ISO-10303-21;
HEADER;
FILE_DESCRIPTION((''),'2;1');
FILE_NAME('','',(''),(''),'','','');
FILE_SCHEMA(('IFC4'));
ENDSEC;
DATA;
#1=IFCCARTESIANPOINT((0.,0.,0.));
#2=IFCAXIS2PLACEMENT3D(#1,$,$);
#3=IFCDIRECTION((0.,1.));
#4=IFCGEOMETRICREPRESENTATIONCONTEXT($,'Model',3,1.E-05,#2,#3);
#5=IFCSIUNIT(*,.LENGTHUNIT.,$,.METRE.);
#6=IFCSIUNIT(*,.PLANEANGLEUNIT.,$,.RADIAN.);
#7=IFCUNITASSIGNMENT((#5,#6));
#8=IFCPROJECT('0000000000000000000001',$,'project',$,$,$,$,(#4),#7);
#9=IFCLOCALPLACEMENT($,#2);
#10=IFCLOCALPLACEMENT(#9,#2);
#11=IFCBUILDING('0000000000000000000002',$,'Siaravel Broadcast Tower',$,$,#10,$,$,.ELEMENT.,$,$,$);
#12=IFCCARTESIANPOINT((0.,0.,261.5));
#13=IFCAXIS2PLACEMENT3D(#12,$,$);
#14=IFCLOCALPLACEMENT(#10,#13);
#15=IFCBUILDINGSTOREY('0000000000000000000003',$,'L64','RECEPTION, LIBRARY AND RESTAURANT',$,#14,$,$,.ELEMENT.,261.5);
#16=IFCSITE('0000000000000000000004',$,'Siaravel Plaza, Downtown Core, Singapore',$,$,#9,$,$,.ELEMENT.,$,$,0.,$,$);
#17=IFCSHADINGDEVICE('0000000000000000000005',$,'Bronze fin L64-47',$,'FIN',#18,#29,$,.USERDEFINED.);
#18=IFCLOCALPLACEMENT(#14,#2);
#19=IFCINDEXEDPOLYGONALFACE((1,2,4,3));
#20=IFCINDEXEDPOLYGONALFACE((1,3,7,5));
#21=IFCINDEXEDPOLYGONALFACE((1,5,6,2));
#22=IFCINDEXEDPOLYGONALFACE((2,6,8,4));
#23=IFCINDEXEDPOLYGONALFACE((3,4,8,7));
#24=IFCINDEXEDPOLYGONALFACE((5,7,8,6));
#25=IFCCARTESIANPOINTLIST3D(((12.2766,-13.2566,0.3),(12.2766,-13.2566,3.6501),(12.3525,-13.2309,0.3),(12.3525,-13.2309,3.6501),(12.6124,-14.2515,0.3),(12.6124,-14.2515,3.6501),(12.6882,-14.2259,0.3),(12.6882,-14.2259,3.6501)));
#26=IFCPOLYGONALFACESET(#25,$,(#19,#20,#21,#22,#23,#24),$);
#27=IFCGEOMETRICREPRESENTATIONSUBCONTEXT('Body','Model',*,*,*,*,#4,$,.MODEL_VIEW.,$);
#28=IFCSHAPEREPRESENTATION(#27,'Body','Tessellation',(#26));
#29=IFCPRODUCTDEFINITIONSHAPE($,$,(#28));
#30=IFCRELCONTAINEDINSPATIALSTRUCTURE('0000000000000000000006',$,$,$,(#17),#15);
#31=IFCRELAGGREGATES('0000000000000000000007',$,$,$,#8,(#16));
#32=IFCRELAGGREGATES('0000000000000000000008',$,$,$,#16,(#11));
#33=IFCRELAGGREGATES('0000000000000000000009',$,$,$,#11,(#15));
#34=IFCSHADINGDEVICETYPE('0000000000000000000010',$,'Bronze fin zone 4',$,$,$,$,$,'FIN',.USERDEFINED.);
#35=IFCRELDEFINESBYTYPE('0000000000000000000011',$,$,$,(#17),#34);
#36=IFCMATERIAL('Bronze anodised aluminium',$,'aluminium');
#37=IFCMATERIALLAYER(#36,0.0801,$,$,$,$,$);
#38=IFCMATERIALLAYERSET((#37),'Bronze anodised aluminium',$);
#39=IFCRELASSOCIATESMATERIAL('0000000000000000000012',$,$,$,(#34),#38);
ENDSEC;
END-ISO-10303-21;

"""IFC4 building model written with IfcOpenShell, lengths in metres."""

from ifc_helpers import new_model, si_unit, direction, frame, origin, origin_2d, place, context, subcontext, project, spatial, rectangle, extrude, material, layer, layer_set, type_object, element, save


model = new_model("IFC4")

# Units and contexts
model_context = context("Model", 3, precision=1e-05, world=origin(), true_north=direction((0.0, 1.0)))
body_context = subcontext(model_context, "Body", "Model", "MODEL_VIEW")
ifc_project = project(units=[si_unit("LENGTHUNIT", "METRE"), si_unit("PLANEANGLEUNIT", "RADIAN")], contexts=[model_context])

# Site, building, storey
site_placement = place(None, origin())
site = spatial("IfcSite", under=ifc_project, at=site_placement, Name="Siaravel Plaza, Downtown Core, Singapore", CompositionType="ELEMENT", RefElevation=0.0)
building_placement = place(site_placement, origin())
building = spatial("IfcBuilding", under=site, at=building_placement, Name="Siaravel Broadcast Tower", CompositionType="ELEMENT")
storey_placement = place(building_placement, frame((0.0, 0.0, 261.5)))
storey = spatial("IfcBuildingStorey", under=building, at=storey_placement, Name="L64", Description="RECEPTION, LIBRARY AND RESTAURANT", CompositionType="ELEMENT", Elevation=261.5)

# Shading device
ifc_material_1 = material(Name="Bronze anodised aluminium", Category="aluminium")
ifc_layer_1 = layer(ifc_material_1, 0.0801)
ifc_layer_set_1 = layer_set([ifc_layer_1], Name="Bronze anodised aluminium")
shading_device_type = type_object("IfcShadingDeviceType", Name="Bronze fin zone 4", ElementType="FIN", PredefinedType="USERDEFINED", material=ifc_layer_set_1)
for number, where, z_axis, x_axis, name in (
    (1, (12.4824, -13.7412, 0.3), (0.0, 0.0, 1.0), (0.319773, -0.947494, 0.0), "Bronze fin L64-47"),
):
    element("IfcShadingDevice", number, at=place(storey_placement, frame(where, z_axis=z_axis, x_axis=x_axis)), inside=storey, type_object=shading_device_type, Name=name, ObjectType="FIN", PredefinedType="USERDEFINED", context=body_context, shape_type="SweptSolid", body=[
        extrude(rectangle(XDim=1.05, YDim=0.0801, at=origin_2d()), origin(), (0.0, 0.0, 1.0), 3.3501),
    ])

save(model, "model.ifc")
